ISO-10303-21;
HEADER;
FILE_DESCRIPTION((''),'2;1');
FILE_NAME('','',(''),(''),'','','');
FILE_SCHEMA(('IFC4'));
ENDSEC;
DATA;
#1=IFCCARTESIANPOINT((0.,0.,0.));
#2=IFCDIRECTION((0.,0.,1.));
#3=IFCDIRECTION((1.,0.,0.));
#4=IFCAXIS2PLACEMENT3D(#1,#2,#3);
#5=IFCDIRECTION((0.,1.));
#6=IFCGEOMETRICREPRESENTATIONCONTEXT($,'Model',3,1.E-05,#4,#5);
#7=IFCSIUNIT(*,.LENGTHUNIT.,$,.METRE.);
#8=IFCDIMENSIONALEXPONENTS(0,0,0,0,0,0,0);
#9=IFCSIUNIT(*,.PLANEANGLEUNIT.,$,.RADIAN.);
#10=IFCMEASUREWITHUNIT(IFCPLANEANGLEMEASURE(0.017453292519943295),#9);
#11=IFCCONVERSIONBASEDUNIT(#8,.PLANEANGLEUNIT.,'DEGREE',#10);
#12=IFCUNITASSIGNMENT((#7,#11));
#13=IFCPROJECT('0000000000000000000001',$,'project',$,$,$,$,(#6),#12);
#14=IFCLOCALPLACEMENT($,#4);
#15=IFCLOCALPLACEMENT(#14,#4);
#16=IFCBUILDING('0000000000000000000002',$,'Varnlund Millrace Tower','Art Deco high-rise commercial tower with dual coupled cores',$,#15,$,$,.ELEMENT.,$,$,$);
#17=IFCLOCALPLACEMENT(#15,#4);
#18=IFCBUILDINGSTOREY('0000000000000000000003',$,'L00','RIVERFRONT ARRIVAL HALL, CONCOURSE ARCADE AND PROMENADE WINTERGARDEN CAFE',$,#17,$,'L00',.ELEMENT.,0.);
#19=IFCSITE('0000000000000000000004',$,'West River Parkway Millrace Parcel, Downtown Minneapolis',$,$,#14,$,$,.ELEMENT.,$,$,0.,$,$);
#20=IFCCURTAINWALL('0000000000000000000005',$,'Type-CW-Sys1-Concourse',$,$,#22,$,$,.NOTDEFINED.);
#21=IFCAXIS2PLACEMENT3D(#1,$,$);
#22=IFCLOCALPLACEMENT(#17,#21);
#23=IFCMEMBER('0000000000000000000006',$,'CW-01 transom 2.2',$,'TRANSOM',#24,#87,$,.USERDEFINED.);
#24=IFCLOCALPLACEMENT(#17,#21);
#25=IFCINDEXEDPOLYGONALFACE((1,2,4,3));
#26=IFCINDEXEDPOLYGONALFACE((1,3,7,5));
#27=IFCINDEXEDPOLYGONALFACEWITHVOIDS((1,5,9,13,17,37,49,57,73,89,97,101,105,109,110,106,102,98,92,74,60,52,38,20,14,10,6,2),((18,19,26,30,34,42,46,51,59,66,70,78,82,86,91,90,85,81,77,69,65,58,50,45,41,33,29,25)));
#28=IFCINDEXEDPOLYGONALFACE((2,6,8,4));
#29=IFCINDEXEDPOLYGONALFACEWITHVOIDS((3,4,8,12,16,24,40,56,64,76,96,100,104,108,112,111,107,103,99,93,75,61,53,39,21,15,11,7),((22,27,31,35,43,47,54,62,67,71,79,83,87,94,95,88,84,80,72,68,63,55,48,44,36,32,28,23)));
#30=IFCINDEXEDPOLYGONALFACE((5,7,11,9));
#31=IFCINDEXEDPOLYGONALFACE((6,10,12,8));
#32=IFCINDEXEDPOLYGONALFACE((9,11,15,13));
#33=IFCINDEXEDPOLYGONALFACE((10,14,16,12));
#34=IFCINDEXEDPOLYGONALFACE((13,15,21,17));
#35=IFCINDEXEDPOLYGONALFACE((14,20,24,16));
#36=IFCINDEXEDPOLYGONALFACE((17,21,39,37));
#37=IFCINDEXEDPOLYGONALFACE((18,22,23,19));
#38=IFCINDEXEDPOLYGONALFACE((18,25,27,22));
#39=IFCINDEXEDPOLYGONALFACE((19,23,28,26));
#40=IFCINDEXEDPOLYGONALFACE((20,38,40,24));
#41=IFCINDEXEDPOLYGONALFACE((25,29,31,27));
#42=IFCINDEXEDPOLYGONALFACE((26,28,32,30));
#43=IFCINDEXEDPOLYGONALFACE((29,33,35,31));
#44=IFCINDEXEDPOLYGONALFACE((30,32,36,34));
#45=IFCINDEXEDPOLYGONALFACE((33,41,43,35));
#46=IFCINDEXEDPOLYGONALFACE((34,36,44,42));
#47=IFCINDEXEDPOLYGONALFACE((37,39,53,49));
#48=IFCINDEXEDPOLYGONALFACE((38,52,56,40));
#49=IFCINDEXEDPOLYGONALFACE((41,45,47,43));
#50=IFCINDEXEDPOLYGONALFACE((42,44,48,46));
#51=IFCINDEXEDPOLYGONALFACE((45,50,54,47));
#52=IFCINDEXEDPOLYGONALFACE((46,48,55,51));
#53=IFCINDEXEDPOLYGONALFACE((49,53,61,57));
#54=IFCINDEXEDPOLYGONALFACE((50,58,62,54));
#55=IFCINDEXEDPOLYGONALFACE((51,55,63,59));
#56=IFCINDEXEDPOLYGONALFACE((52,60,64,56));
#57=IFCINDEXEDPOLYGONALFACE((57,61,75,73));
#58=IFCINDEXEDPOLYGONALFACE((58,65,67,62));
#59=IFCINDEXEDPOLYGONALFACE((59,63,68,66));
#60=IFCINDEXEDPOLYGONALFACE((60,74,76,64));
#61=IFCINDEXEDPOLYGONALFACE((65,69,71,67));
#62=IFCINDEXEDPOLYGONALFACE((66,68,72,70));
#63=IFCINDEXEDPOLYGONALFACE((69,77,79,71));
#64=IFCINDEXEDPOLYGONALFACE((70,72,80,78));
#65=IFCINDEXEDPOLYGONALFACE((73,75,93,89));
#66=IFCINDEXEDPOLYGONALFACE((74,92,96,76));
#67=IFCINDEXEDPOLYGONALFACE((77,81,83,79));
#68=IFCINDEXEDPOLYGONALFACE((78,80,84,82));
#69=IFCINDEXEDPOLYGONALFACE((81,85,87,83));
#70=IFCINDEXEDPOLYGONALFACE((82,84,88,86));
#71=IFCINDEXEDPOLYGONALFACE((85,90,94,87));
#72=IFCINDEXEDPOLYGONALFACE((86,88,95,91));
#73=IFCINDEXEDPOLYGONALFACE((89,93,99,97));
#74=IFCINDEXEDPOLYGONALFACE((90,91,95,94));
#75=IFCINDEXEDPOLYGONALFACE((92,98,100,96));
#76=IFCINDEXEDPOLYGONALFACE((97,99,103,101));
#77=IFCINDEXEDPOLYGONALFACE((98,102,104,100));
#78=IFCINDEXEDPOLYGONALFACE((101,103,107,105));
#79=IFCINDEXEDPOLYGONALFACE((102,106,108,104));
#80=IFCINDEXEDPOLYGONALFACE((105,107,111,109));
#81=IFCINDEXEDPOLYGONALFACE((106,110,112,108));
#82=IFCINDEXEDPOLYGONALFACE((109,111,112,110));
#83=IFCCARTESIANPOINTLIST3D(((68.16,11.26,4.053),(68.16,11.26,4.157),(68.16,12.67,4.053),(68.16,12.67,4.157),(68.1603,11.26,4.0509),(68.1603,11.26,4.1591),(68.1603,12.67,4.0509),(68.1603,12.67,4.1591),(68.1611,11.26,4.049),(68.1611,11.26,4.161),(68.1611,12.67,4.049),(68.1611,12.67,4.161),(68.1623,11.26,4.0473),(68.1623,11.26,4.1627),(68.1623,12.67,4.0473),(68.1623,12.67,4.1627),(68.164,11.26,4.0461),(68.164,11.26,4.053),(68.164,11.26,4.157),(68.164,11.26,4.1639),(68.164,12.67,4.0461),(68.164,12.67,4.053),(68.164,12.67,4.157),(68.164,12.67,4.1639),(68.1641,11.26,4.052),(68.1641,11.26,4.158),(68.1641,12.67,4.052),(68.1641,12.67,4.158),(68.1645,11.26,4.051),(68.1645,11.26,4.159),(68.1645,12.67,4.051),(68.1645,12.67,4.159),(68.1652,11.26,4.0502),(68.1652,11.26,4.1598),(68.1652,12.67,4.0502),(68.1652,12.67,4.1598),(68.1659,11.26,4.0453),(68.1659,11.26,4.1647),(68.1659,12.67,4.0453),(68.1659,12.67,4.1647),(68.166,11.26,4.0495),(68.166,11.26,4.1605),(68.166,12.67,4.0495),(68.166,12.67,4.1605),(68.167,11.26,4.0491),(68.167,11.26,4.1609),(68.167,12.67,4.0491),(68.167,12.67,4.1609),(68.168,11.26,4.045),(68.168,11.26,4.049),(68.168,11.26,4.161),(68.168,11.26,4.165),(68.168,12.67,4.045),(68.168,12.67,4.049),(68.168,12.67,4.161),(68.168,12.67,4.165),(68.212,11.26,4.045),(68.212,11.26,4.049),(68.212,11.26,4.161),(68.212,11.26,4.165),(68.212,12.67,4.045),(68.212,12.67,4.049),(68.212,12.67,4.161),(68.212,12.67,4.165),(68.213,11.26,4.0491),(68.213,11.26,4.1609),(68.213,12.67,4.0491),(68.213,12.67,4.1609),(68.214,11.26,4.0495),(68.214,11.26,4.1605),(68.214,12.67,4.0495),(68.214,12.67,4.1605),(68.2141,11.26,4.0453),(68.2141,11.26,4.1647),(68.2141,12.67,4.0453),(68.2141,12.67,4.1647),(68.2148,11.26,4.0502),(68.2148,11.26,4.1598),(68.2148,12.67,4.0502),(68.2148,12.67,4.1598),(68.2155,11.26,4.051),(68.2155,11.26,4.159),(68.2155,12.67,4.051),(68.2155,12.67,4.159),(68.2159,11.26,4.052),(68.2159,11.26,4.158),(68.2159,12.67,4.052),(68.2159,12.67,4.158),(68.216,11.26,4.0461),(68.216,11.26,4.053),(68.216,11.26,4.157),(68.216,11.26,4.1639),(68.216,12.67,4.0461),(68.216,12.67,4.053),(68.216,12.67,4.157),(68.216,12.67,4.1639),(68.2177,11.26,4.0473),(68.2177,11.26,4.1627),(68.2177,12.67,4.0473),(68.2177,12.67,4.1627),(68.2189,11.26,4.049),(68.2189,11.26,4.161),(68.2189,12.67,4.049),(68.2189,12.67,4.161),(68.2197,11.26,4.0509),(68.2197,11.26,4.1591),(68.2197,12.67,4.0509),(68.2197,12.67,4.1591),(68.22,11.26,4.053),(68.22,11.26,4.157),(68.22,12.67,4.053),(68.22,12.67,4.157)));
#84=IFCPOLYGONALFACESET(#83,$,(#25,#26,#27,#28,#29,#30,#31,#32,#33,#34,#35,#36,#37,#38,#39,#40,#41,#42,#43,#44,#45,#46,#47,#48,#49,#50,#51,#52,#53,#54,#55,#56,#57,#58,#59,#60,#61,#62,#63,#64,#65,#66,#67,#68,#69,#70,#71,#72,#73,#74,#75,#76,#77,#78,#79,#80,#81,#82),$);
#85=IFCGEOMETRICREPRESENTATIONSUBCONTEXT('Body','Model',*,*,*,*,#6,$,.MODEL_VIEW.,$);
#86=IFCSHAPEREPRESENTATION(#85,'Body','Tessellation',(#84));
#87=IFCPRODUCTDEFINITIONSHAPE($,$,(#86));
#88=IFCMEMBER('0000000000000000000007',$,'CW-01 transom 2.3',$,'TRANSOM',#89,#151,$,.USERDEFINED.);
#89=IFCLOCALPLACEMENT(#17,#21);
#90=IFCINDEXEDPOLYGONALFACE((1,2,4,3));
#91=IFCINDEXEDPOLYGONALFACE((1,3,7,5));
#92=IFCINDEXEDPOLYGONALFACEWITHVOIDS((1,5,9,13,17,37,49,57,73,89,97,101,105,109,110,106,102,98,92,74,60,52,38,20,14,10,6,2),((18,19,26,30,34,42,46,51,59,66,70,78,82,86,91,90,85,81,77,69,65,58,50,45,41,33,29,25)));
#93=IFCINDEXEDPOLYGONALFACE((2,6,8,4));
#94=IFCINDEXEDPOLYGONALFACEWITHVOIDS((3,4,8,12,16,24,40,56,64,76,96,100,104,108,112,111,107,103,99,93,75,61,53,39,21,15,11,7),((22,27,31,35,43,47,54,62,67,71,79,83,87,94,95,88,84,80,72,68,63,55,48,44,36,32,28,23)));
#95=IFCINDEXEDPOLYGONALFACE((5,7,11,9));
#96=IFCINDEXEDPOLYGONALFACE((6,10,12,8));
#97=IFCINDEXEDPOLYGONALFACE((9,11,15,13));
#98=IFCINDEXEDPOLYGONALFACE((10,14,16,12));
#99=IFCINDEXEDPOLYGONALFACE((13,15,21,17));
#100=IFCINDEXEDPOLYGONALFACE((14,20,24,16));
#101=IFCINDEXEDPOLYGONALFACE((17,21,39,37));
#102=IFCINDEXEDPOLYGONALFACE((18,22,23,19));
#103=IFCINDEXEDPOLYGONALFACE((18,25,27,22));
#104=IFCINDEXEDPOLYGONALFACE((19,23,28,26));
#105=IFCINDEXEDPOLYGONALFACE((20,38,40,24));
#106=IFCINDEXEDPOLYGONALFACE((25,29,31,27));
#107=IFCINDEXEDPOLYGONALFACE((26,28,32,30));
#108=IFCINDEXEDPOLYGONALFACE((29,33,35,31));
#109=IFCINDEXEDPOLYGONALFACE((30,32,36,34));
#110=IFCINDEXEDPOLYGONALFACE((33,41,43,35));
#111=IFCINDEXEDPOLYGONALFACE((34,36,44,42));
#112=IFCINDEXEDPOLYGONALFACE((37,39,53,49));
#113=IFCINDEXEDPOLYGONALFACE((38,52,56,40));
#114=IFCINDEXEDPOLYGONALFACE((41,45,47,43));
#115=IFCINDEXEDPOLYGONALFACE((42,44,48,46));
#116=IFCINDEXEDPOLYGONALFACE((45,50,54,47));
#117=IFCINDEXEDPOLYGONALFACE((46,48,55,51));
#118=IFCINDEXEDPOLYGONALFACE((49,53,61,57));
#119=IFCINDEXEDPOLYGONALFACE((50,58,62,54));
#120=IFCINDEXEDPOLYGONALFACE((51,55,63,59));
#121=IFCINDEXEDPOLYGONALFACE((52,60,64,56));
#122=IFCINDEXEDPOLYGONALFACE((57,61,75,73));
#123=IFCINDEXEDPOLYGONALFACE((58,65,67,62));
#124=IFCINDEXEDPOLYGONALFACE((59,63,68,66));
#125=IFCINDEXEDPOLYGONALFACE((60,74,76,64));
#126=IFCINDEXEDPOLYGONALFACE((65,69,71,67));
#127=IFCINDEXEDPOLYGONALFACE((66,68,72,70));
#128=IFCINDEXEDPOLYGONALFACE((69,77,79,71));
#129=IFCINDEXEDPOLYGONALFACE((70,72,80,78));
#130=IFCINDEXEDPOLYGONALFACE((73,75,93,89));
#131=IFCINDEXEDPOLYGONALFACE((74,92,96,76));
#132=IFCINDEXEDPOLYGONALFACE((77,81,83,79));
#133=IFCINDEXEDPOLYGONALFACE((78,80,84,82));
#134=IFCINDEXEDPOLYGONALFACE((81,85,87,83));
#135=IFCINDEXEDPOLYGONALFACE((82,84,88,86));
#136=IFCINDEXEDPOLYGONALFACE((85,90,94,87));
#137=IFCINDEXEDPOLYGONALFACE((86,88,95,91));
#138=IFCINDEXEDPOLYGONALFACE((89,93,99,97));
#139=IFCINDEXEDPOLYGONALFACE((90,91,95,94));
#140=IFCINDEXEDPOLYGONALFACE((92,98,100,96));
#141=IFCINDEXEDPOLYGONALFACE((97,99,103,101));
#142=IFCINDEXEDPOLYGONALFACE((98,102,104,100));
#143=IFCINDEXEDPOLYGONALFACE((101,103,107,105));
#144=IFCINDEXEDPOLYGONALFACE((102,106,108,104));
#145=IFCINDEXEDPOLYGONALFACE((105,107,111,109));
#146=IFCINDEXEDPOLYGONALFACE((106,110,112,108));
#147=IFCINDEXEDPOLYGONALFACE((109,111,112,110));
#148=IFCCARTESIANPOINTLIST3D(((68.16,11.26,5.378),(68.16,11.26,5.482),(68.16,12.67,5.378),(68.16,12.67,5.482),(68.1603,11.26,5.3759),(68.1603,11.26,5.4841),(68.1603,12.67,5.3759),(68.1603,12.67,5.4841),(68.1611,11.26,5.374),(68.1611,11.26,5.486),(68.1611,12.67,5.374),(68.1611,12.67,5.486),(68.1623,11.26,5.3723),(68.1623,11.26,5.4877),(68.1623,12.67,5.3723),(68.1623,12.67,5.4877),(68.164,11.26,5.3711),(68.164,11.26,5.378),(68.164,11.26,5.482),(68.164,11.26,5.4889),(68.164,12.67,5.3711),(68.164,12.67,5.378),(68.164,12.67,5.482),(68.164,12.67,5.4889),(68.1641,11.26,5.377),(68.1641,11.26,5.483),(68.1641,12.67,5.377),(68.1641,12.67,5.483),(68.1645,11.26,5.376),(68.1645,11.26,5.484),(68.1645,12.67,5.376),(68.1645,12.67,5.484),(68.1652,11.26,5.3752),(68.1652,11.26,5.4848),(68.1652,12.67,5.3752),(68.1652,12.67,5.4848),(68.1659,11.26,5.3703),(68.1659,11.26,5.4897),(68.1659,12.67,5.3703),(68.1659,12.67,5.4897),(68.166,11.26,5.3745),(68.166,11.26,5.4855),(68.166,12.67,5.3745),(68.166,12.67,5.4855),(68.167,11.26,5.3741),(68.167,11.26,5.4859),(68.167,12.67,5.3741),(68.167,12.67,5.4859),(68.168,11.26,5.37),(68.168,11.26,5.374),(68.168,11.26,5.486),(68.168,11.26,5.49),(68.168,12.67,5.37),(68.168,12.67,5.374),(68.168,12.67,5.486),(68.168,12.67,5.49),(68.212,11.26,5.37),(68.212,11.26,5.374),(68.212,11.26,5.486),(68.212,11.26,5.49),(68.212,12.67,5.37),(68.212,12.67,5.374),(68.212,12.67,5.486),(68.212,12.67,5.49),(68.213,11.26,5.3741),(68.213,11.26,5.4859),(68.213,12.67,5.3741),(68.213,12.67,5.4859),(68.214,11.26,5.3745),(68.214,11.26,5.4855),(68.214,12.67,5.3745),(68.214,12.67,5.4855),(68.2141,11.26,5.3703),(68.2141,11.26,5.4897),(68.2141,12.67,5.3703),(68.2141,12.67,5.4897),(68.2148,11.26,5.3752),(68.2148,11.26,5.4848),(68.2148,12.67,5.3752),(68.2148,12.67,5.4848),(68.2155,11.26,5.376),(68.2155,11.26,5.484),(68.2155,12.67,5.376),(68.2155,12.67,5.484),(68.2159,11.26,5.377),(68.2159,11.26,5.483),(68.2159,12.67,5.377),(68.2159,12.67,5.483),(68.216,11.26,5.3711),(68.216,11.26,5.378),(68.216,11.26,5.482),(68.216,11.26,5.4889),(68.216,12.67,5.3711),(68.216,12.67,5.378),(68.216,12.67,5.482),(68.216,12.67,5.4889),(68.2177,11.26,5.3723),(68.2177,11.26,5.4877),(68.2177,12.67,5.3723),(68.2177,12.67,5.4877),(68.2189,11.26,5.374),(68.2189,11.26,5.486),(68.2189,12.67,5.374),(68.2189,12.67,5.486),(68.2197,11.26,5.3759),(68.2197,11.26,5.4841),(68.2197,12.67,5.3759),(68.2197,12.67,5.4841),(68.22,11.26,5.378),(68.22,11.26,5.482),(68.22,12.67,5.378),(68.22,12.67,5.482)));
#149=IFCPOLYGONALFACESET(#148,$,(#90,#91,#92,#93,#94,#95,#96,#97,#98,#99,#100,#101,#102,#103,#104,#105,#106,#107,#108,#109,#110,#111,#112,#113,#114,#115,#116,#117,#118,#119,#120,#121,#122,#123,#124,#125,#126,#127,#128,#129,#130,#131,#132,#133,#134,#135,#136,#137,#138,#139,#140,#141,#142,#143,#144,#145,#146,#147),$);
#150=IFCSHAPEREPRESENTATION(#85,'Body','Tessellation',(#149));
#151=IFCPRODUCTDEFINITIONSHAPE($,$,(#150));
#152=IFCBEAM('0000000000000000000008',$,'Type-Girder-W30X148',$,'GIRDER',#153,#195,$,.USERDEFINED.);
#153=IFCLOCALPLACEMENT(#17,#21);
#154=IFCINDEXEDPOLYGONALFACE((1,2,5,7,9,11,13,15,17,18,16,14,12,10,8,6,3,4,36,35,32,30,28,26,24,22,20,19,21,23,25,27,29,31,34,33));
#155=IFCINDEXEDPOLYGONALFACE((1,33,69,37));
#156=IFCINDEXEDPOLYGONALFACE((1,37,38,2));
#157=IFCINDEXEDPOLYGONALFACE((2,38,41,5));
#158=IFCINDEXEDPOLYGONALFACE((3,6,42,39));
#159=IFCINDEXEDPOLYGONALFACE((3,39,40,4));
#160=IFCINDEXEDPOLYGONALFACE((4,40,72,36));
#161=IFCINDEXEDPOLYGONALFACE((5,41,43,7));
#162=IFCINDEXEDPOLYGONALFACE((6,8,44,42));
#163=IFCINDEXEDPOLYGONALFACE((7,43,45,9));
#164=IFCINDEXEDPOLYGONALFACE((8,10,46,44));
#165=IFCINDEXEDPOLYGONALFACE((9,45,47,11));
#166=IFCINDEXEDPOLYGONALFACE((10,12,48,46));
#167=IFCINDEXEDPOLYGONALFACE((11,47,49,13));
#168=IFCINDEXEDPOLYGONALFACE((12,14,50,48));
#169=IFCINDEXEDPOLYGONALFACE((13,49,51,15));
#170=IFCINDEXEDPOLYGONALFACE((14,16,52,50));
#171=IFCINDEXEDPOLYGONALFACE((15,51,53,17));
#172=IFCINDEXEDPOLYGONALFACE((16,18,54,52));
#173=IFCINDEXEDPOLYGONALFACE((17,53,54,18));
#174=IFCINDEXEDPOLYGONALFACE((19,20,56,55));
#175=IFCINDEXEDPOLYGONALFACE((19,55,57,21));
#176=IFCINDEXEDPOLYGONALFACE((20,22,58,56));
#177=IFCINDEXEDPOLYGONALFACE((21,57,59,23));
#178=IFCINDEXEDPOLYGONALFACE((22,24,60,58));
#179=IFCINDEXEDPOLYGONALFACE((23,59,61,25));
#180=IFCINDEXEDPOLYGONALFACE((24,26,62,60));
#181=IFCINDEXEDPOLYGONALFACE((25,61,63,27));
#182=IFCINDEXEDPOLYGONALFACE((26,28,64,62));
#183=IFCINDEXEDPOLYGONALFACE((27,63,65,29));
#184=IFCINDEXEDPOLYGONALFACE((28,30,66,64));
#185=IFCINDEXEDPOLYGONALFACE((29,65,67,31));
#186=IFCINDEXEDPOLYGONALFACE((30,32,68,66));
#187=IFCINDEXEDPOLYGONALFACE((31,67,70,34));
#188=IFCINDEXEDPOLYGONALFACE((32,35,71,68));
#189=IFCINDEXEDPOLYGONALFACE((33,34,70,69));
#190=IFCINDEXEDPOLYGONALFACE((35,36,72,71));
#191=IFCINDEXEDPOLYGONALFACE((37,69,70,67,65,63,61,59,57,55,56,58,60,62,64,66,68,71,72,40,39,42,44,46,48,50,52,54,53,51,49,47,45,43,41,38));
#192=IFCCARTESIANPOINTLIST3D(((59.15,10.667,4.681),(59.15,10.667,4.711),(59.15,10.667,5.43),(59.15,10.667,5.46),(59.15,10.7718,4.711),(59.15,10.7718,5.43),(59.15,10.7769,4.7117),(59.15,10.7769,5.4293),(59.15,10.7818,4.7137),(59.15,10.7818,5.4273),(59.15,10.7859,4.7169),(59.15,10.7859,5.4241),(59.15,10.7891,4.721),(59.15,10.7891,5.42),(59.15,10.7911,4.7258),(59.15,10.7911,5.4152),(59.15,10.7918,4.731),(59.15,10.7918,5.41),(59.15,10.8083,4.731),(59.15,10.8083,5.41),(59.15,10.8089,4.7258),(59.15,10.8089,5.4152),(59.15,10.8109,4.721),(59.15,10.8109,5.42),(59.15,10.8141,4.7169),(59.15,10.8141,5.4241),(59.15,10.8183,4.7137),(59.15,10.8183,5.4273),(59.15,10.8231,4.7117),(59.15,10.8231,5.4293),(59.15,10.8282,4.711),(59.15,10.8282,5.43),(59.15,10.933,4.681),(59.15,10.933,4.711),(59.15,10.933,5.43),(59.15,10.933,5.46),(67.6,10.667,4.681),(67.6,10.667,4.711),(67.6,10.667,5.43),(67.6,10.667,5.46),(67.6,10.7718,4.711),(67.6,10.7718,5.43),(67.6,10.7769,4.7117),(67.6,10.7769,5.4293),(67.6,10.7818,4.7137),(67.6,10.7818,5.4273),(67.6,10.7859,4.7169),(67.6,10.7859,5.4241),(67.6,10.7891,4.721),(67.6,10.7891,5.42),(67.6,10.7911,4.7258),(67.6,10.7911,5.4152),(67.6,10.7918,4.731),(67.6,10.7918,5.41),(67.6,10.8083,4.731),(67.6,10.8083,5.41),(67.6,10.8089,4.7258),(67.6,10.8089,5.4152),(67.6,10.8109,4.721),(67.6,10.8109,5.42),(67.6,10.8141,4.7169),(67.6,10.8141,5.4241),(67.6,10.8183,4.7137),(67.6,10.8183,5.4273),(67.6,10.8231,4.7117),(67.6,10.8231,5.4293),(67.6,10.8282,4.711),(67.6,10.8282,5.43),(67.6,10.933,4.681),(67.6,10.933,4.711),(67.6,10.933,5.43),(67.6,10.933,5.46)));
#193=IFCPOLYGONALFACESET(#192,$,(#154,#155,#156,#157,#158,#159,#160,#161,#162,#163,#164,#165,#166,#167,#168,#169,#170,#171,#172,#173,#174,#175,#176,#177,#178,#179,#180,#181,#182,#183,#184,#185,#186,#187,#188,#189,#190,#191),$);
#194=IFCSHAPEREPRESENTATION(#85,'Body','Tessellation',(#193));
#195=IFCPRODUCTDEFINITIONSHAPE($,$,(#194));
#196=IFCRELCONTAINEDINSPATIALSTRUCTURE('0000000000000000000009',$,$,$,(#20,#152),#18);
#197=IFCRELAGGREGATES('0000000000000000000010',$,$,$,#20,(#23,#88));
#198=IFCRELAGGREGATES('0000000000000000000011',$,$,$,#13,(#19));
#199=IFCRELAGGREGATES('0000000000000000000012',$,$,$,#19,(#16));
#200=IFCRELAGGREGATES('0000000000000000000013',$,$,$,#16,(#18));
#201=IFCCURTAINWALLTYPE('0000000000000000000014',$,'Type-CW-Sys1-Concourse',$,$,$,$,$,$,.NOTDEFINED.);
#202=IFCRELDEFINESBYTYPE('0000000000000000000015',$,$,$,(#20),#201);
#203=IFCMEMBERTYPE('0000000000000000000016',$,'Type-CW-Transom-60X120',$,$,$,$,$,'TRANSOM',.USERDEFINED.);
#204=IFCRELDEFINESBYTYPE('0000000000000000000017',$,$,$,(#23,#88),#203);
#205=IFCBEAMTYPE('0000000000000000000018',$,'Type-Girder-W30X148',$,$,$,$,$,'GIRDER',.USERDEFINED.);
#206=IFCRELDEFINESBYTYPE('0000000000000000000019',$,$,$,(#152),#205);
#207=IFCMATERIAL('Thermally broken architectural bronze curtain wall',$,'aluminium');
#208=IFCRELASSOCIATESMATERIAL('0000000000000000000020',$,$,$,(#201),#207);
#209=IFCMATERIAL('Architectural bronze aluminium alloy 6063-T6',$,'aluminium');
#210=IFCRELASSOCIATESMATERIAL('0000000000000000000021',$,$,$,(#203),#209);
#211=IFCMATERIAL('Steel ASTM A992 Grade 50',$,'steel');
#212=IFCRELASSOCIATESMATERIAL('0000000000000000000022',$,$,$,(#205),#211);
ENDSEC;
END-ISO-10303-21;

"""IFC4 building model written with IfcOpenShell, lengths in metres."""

from ifc_helpers import new_model, entity, si_unit, converted_unit, direction, frame, origin_with_axes, origin_2d_with_axis, place, context, subcontext, project, spatial, hollow_rectangle, i_section, extrude, material, material_profile, profile_set, type_object, element, aggregate, save


model = new_model("IFC4")

# Units and contexts
model_context = context("Model", 3, precision=1e-05, world=origin_with_axes(), true_north=direction((0.0, 1.0)))
body_context = subcontext(model_context, "Body", "Model", "MODEL_VIEW")
ifc_project = project(units=[si_unit("LENGTHUNIT", "METRE"), converted_unit("PLANEANGLEUNIT", "DEGREE", entity("IfcPlaneAngleMeasure", 0.017453292519943295), si_unit("PLANEANGLEUNIT", "RADIAN"), dimensions=[0, 0, 0, 0, 0, 0, 0])], contexts=[model_context])

# Site, building, storey
site_placement = place(None, origin_with_axes())
site = spatial("IfcSite", under=ifc_project, at=site_placement, Name="West River Parkway Millrace Parcel, Downtown Minneapolis", CompositionType="ELEMENT", RefElevation=0.0)
building_placement = place(site_placement, origin_with_axes())
building = spatial("IfcBuilding", under=site, at=building_placement, Name="Varnlund Millrace Tower", Description="Art Deco high-rise commercial tower with dual coupled cores", CompositionType="ELEMENT")
storey_placement = place(building_placement, origin_with_axes())
storey = spatial("IfcBuildingStorey", under=building, at=storey_placement, Name="L00", Description="RIVERFRONT ARRIVAL HALL, CONCOURSE ARCADE AND PROMENADE WINTERGARDEN CAFE", LongName="L00", CompositionType="ELEMENT", Elevation=0.0)

# Shared definitions
ifc_material_1 = material(Name="Steel ASTM A992 Grade 50", Category="steel")

# Curtain wall
ifc_material_2 = material(Name="Thermally broken architectural bronze curtain wall", Category="aluminium")
curtain_wall_type = type_object("IfcCurtainWallType", Name="Type-CW-Sys1-Concourse", PredefinedType="NOTDEFINED", material=ifc_material_2)
curtain_wall_1_placement = place(storey_placement, frame((68.19, 14.2, 2.75), z_axis=(0.0, 0.0, 1.0), x_axis=(1.0, 0.0, 0.0)))
curtain_wall_1 = element("IfcCurtainWall", 1, at=curtain_wall_1_placement, inside=storey, type_object=curtain_wall_type, Name="Type-CW-Sys1-Concourse", PredefinedType="NOTDEFINED")
ifc_material_3 = material(Name="Architectural bronze aluminium alloy 6063-T6", Category="aluminium")

# Members
ifc_material_profile_1 = material_profile(ifc_material_3, hollow_rectangle(XDim=0.06, YDim=0.12, WallThickness=0.004, InnerFilletRadius=0.004, OuterFilletRadius=0.008, at=origin_2d_with_axis()), Name="Architectural bronze aluminium alloy 6063-T6")
ifc_profile_set_1 = profile_set([ifc_material_profile_1], Name="Architectural bronze aluminium alloy 6063-T6")
member_type_1 = type_object("IfcMemberType", Name="Type-CW-Transom-60X120", ElementType="TRANSOM", PredefinedType="USERDEFINED", material=ifc_profile_set_1)
member_1_placement = place(storey_placement, frame((68.19, 12.67, 4.105), z_axis=(0.0, -1.0, 0.0), x_axis=(1.0, 0.0, 0.0)))
member_1 = element("IfcMember", 2, at=member_1_placement, type_object=member_type_1, Name="CW-01 transom 2.2", ObjectType="TRANSOM", PredefinedType="USERDEFINED", context=body_context, shape_type="SweptSolid", body=[
    extrude(hollow_rectangle(XDim=0.06, YDim=0.12, WallThickness=0.004, InnerFilletRadius=0.004, OuterFilletRadius=0.008, at=origin_2d_with_axis()), origin_with_axes(), (0.0, 0.0, 1.0), 1.41),
])
member_2_placement = place(storey_placement, frame((68.19, 12.67, 5.43), z_axis=(0.0, -1.0, 0.0), x_axis=(1.0, 0.0, 0.0)))
member_2 = element("IfcMember", 3, at=member_2_placement, type_object=member_type_1, Name="CW-01 transom 2.3", ObjectType="TRANSOM", PredefinedType="USERDEFINED", context=body_context, shape_type="SweptSolid", body=[
    extrude(hollow_rectangle(XDim=0.06, YDim=0.12, WallThickness=0.004, InnerFilletRadius=0.004, OuterFilletRadius=0.008, at=origin_2d_with_axis()), origin_with_axes(), (0.0, 0.0, 1.0), 1.41),
])

# Beam
ifc_material_profile_2 = material_profile(ifc_material_1, i_section(OverallWidth=0.266, OverallDepth=0.779, WebThickness=0.0165, FlangeThickness=0.03, FilletRadius=0.02, at=origin_2d_with_axis()), Name="Steel ASTM A992 Grade 50")
ifc_profile_set_2 = profile_set([ifc_material_profile_2], Name="Steel ASTM A992 Grade 50")
beam_type_1 = type_object("IfcBeamType", Name="Type-Girder-W30X148", ElementType="GIRDER", PredefinedType="USERDEFINED", material=ifc_profile_set_2)
beam_1_placement = place(storey_placement, frame((59.15, 10.8, 5.0705), z_axis=(1.0, 0.0, 0.0), x_axis=(0.0, 1.0, 0.0)))
element("IfcBeam", 4, at=beam_1_placement, inside=storey, type_object=beam_type_1, Name="Type-Girder-W30X148", ObjectType="GIRDER", PredefinedType="USERDEFINED", context=body_context, shape_type="SweptSolid", body=[
    extrude(i_section(OverallWidth=0.266, OverallDepth=0.779, WebThickness=0.0165, FlangeThickness=0.03, FilletRadius=0.02, at=origin_2d_with_axis()), origin_with_axes(), (0.0, 0.0, 1.0), 8.45),
])

aggregate(curtain_wall_1, [member_1, member_2])

save(model, "model.ifc")
